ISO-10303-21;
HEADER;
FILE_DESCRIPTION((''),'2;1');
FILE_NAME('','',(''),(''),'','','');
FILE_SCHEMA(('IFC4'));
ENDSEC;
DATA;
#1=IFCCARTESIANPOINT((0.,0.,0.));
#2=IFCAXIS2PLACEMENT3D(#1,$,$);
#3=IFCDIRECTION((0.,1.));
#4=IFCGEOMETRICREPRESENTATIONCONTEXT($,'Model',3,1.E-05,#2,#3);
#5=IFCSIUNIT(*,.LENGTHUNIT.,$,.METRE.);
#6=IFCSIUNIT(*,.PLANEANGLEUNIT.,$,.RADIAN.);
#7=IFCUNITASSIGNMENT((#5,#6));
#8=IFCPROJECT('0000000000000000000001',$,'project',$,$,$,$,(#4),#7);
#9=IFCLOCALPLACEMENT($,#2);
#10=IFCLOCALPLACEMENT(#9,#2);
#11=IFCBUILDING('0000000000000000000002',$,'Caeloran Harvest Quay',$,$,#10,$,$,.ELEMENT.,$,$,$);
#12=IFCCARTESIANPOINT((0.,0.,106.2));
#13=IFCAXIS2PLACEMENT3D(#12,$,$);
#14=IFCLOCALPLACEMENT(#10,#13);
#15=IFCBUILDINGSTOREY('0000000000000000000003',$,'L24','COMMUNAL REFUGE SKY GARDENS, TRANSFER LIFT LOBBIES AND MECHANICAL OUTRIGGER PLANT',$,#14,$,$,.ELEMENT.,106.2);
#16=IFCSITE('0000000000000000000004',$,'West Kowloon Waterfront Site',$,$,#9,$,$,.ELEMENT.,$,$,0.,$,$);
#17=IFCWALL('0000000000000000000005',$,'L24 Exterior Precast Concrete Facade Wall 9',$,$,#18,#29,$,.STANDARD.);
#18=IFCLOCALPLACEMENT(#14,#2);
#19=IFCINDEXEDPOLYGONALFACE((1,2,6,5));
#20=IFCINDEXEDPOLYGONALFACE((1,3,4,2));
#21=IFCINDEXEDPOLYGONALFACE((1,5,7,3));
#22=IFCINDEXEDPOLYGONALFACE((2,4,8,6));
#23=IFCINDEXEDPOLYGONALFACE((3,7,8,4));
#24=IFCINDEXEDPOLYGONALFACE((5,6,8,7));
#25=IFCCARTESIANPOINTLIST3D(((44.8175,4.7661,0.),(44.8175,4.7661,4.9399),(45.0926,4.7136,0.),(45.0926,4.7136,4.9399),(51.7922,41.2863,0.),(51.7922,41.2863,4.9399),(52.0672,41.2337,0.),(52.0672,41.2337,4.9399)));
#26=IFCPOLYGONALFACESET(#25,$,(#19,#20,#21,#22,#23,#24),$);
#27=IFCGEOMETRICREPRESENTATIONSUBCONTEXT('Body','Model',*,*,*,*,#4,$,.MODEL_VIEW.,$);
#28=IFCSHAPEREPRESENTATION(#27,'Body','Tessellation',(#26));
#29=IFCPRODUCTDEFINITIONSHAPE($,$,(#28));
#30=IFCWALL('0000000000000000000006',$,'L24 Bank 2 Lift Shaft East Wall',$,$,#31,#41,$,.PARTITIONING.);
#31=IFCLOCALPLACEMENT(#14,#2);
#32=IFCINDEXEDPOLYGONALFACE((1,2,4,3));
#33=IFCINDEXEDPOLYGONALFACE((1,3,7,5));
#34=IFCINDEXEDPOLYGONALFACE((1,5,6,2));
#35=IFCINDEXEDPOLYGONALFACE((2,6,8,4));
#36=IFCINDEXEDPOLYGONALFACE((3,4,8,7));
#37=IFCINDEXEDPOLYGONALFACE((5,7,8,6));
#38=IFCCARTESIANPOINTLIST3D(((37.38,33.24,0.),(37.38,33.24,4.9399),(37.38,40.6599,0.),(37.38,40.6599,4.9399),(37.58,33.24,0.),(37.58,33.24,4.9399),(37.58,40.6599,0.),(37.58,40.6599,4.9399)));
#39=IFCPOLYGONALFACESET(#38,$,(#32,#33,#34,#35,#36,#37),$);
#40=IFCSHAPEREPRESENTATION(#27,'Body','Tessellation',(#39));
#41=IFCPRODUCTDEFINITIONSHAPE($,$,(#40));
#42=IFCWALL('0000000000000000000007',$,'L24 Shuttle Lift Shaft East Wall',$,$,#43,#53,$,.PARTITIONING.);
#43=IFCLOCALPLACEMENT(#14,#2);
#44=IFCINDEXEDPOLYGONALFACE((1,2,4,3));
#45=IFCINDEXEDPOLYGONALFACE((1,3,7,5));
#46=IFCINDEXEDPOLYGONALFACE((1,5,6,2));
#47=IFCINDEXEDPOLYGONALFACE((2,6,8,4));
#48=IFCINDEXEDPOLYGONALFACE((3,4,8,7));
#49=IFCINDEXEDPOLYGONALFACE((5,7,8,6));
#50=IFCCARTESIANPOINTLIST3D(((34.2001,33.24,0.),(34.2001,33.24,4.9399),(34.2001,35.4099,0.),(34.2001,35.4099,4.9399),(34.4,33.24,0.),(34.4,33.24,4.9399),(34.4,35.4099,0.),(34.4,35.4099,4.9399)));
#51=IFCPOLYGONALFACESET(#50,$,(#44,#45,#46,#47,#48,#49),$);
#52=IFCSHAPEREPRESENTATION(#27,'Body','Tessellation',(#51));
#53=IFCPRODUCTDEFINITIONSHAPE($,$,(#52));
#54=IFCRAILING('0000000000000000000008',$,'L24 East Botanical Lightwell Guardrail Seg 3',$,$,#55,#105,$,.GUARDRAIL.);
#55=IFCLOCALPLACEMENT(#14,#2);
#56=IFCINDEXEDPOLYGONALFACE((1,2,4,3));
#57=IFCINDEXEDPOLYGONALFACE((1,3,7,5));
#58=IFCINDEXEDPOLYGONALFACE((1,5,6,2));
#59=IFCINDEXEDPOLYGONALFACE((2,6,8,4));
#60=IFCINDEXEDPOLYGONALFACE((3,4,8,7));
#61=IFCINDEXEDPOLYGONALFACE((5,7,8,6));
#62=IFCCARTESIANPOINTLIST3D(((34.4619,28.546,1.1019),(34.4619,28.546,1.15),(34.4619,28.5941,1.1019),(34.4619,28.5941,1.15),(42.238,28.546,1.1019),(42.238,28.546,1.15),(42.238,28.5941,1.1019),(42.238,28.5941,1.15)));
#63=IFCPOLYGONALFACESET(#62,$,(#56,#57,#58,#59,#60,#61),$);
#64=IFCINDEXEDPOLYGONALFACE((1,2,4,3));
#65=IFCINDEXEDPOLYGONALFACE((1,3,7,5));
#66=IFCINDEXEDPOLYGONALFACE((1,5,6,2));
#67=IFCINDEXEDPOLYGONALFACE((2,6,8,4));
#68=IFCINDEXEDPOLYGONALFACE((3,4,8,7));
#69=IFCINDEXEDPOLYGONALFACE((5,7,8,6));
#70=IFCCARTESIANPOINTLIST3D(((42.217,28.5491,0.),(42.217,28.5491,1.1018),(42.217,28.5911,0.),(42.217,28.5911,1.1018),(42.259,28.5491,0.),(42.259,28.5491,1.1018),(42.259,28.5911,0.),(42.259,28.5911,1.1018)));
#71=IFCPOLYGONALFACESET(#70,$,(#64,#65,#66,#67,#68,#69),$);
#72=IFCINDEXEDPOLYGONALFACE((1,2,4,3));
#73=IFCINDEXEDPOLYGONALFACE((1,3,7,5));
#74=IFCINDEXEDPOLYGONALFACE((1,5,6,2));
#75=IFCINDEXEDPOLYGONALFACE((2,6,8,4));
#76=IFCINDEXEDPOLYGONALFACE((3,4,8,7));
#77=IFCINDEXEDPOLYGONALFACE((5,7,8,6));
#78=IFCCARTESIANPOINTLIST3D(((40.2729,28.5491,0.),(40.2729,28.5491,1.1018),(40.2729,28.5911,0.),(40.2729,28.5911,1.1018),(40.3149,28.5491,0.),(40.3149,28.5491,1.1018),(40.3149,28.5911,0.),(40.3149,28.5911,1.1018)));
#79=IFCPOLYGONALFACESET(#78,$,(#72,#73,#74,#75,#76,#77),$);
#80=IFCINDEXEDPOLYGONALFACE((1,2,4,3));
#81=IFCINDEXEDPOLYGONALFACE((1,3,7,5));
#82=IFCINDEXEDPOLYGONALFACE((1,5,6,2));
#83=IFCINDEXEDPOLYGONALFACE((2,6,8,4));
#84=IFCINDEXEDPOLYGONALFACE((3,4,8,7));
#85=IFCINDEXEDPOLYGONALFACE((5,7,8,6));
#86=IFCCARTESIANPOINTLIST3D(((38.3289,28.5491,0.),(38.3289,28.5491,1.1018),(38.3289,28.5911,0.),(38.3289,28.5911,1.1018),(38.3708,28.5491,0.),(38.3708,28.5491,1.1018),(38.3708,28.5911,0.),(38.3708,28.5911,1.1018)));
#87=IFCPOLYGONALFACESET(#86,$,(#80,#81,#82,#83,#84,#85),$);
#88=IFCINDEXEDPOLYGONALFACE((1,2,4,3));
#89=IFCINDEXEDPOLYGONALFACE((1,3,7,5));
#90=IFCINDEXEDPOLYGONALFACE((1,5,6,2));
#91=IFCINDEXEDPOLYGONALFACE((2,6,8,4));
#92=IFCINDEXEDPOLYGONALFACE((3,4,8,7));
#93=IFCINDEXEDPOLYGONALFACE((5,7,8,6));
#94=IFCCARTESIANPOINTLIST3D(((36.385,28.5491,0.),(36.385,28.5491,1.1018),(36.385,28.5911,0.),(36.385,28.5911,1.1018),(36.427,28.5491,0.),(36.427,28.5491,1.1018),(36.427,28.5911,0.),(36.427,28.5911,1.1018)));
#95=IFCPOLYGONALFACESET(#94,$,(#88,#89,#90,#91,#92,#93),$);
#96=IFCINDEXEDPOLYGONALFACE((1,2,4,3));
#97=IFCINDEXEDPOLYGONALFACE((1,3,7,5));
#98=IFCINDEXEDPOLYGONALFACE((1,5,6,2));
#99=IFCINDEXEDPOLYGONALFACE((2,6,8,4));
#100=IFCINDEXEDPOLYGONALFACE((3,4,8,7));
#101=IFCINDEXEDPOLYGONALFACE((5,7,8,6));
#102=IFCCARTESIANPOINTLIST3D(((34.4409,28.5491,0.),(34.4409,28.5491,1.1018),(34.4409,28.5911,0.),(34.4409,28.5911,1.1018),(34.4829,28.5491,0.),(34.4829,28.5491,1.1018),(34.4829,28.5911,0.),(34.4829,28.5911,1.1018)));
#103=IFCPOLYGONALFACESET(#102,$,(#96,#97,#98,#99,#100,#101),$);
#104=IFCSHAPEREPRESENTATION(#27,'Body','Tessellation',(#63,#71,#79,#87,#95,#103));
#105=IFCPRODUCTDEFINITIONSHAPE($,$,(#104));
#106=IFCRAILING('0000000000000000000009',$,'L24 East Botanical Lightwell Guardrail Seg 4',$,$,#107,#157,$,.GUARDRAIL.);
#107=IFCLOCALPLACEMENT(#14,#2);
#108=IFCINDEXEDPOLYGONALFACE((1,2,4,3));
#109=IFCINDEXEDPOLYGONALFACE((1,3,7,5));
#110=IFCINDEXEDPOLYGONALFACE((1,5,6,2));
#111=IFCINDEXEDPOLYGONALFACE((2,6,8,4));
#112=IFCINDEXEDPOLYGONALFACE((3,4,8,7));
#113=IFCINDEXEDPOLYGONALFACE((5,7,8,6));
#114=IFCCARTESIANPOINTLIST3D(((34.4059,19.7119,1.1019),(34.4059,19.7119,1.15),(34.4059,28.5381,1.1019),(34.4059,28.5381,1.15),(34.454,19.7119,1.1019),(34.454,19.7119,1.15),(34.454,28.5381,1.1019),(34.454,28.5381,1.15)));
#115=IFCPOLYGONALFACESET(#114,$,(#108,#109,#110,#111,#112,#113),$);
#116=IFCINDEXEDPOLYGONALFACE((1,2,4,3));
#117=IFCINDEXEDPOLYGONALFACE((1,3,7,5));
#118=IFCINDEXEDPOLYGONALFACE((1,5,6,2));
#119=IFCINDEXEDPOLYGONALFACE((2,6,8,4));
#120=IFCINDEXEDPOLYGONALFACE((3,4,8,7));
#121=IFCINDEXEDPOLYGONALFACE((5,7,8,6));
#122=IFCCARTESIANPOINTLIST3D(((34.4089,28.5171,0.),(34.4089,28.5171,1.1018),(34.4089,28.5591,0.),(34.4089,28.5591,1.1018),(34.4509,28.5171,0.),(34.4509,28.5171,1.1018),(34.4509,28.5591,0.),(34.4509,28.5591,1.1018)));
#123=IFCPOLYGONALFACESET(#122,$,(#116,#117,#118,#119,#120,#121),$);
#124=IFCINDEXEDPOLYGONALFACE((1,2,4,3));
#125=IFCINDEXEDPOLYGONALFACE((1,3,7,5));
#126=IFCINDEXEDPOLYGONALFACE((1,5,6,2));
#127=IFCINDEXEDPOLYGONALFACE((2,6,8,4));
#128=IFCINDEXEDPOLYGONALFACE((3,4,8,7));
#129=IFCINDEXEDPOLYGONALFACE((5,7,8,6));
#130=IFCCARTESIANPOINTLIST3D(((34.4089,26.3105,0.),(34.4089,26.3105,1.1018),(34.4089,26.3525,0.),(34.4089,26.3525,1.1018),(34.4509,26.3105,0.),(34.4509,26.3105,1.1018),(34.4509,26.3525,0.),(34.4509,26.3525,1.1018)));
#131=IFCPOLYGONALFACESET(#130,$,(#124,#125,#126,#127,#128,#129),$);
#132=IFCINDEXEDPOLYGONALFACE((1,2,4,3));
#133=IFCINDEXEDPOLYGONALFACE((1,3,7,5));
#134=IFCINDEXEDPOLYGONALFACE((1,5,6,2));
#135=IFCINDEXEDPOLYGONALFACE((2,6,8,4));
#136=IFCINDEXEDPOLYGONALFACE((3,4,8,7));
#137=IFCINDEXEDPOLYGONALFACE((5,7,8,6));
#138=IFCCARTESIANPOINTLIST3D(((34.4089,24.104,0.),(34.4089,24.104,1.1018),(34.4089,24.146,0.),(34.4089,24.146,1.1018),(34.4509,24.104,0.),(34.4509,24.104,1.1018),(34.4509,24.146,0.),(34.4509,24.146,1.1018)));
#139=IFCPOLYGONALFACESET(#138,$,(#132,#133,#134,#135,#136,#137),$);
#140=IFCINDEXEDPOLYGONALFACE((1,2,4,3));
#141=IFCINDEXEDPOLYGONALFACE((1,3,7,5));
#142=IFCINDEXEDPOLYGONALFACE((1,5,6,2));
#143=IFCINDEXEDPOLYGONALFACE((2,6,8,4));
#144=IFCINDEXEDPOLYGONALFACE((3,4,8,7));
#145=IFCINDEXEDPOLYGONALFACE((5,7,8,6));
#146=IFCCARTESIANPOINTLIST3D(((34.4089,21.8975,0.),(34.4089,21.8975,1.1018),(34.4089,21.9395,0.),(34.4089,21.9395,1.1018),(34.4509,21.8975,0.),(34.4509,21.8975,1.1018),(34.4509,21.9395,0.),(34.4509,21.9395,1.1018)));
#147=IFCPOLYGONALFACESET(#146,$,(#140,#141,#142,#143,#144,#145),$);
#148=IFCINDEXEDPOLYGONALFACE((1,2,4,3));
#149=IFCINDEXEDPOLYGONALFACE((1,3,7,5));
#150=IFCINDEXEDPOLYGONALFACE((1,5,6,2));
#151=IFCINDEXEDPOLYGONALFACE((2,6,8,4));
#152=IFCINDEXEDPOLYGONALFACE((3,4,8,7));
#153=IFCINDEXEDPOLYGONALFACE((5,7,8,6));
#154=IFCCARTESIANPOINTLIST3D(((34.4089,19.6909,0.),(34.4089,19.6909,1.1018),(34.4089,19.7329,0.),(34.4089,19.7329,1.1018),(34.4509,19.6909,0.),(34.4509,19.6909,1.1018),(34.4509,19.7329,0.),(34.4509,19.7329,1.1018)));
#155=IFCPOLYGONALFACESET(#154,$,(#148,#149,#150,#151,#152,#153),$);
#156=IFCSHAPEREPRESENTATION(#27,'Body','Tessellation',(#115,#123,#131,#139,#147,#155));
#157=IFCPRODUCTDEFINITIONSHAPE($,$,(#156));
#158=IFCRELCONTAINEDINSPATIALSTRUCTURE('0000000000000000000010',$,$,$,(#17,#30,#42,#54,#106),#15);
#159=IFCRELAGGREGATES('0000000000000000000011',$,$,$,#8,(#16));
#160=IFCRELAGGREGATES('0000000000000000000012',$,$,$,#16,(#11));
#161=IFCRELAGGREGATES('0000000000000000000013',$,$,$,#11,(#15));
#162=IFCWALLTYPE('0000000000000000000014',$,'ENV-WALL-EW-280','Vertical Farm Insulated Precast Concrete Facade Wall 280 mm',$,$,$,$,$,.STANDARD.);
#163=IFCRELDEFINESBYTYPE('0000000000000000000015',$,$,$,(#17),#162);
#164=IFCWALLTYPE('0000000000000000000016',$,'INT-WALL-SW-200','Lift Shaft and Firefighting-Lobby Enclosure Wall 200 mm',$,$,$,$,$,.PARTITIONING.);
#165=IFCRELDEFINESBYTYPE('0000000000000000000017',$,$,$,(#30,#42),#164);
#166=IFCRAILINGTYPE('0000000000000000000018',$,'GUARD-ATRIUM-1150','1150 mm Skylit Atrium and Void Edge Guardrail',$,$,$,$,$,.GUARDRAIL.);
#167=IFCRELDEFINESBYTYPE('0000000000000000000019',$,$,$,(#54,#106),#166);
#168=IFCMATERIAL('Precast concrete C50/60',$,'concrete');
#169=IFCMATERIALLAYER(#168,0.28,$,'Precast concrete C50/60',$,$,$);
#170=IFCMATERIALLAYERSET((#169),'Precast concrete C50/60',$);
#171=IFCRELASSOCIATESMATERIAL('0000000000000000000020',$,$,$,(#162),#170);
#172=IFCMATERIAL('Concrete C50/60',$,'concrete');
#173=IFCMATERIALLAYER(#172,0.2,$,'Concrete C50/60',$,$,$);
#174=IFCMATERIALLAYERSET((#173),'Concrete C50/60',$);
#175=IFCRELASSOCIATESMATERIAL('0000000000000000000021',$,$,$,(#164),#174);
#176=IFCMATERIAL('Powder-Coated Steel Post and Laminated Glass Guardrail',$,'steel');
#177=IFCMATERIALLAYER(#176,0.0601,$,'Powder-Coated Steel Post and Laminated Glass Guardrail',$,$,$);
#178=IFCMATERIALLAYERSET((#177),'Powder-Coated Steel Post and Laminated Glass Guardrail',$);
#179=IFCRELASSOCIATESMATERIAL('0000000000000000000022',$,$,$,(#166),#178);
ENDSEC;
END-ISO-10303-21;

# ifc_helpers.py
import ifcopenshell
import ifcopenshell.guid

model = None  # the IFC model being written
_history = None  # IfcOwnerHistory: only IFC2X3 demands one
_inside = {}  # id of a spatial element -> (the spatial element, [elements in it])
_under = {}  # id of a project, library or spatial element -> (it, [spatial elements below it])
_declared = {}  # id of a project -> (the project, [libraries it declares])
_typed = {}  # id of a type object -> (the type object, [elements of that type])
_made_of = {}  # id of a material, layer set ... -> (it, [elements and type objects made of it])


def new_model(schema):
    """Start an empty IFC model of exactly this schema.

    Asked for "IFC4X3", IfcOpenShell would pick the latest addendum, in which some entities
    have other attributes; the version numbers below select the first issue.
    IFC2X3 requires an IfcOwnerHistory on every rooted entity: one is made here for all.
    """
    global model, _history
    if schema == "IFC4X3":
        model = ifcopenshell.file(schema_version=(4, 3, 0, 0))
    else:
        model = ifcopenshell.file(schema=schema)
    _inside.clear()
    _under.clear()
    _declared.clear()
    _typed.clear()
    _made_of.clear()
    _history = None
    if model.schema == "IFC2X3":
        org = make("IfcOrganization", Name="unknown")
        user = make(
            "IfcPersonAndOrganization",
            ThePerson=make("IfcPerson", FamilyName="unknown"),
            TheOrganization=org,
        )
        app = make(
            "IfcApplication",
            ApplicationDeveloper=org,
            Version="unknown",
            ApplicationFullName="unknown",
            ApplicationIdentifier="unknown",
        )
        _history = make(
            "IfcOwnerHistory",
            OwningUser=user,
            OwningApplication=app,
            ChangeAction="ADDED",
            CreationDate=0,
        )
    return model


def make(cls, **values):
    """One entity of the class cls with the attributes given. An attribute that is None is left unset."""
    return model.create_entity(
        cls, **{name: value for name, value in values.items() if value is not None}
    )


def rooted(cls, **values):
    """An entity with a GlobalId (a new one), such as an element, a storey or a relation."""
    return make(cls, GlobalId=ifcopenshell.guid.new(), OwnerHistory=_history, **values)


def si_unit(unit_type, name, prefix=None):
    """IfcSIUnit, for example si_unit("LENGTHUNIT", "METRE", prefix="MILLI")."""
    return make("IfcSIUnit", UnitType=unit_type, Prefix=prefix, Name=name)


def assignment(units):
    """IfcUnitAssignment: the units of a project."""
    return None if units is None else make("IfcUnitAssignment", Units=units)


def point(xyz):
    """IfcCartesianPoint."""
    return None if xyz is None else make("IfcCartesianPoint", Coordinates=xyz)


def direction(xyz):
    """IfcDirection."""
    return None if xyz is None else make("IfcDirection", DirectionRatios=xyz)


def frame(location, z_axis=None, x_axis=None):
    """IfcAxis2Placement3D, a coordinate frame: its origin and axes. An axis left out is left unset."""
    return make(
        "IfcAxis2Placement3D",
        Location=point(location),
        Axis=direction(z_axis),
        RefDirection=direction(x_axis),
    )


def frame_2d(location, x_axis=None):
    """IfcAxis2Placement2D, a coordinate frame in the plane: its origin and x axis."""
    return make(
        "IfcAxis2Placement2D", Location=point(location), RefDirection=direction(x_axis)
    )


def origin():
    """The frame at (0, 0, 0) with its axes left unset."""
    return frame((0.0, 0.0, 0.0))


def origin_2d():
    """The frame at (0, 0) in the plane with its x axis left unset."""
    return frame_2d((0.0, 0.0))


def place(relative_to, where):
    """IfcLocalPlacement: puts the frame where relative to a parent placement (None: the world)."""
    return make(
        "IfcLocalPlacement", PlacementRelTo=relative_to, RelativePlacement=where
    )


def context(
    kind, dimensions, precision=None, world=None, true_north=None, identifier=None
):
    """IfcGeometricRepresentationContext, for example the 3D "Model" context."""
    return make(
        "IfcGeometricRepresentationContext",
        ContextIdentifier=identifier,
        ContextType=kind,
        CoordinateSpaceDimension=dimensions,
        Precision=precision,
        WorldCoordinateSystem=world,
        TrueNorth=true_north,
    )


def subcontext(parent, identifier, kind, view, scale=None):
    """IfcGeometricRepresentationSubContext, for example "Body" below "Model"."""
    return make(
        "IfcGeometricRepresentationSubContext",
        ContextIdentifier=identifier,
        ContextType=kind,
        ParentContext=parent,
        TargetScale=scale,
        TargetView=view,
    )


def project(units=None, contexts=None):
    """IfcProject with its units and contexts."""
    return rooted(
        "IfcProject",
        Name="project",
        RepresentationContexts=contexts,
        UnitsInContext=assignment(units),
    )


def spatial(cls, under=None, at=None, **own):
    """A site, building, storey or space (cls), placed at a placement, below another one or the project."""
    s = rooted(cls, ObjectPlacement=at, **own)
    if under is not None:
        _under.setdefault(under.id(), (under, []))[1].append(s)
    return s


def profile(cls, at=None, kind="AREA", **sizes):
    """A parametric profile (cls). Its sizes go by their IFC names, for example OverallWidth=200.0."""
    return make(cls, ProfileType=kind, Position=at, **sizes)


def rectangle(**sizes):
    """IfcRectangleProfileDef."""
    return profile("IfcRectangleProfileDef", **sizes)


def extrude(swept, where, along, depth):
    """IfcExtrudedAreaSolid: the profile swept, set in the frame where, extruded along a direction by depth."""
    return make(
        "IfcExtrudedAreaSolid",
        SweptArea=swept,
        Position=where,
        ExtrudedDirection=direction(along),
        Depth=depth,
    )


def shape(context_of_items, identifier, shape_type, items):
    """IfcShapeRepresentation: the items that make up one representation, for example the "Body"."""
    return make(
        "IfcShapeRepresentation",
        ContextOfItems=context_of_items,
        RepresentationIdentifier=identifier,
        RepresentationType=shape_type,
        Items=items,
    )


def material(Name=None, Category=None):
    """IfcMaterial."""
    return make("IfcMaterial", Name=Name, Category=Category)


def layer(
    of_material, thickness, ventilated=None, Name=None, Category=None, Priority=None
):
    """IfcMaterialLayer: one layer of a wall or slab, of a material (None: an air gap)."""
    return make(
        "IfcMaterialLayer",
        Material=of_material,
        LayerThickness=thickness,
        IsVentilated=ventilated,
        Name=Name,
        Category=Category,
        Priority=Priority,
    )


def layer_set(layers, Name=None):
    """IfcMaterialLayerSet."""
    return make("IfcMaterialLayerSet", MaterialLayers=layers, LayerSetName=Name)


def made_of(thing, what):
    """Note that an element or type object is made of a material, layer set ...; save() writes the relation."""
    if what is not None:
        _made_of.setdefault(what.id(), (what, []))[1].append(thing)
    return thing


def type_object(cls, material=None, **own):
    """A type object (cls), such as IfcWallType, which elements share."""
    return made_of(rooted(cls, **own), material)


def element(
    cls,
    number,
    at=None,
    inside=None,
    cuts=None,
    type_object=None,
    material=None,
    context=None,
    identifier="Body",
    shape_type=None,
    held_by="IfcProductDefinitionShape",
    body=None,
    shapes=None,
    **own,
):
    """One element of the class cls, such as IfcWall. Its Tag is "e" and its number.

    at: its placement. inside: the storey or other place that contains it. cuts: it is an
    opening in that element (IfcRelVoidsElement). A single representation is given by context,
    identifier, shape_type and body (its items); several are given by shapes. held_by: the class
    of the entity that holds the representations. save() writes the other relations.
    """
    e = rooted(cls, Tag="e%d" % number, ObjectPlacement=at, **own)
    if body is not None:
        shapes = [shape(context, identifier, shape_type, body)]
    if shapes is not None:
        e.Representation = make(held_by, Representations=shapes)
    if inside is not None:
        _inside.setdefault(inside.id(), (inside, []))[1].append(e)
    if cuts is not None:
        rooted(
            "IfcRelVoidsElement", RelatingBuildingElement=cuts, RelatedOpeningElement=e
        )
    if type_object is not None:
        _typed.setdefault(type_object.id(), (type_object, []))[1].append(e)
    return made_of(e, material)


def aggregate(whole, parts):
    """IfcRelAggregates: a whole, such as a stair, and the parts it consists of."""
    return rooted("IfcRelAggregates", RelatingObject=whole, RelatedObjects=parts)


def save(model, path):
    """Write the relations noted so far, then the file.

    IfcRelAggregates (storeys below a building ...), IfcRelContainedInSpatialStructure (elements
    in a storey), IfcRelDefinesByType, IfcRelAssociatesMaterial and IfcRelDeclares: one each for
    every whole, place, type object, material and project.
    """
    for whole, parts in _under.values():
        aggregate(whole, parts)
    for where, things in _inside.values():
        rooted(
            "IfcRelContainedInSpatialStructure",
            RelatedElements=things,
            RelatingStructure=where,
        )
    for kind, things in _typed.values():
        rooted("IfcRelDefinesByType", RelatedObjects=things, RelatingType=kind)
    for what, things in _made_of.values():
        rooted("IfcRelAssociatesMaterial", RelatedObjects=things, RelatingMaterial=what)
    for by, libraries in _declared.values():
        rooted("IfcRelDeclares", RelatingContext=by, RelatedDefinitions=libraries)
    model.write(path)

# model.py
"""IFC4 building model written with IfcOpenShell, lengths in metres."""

from ifc_helpers import new_model, si_unit, direction, frame, frame_2d, origin, origin_2d, place, context, subcontext, project, spatial, rectangle, extrude, material, layer, layer_set, type_object, element, save


model = new_model("IFC4")

# Units and contexts
model_context = context("Model", 3, precision=1e-05, world=origin(), true_north=direction((0.0, 1.0)))
body_context = subcontext(model_context, "Body", "Model", "MODEL_VIEW")
ifc_project = project(units=[si_unit("LENGTHUNIT", "METRE"), si_unit("PLANEANGLEUNIT", "RADIAN")], contexts=[model_context])

# Site, building, storey
site_placement = place(None, origin())
site = spatial("IfcSite", under=ifc_project, at=site_placement, Name="West Kowloon Waterfront Site", CompositionType="ELEMENT", RefElevation=0.0)
building_placement = place(site_placement, origin())
building = spatial("IfcBuilding", under=site, at=building_placement, Name="Caeloran Harvest Quay", CompositionType="ELEMENT")
storey_placement = place(building_placement, frame((0.0, 0.0, 106.2)))
storey = spatial("IfcBuildingStorey", under=building, at=storey_placement, Name="L24", Description="COMMUNAL REFUGE SKY GARDENS, TRANSFER LIFT LOBBIES AND MECHANICAL OUTRIGGER PLANT", CompositionType="ELEMENT", Elevation=106.2)

# Walls
ifc_material_1 = material(Name="Precast concrete C50/60", Category="concrete")
ifc_layer_1 = layer(ifc_material_1, 0.28, Name="Precast concrete C50/60")
ifc_layer_set_1 = layer_set([ifc_layer_1], Name="Precast concrete C50/60")
wall_type_1 = type_object("IfcWallType", Name="ENV-WALL-EW-280", Description="Vertical Farm Insulated Precast Concrete Facade Wall 280 mm", PredefinedType="STANDARD", material=ifc_layer_set_1)
wall_1_placement = place(storey_placement, frame((51.9297, 41.26, 0.0), z_axis=(0.0, 0.0, 1.0), x_axis=(-0.18759, -0.982247, 0.0)))
element("IfcWall", 1, at=wall_1_placement, inside=storey, type_object=wall_type_1, Name="L24 Exterior Precast Concrete Facade Wall 9", PredefinedType="STANDARD", context=body_context, shape_type="SweptSolid", body=[
    extrude(rectangle(XDim=37.1802, YDim=0.28, at=frame_2d((18.5901, 0.0))), origin(), (0.0, 0.0, 1.0), 4.9399),
])
ifc_material_2 = material(Name="Concrete C50/60", Category="concrete")
ifc_layer_2 = layer(ifc_material_2, 0.2, Name="Concrete C50/60")
ifc_layer_set_2 = layer_set([ifc_layer_2], Name="Concrete C50/60")
wall_type_2 = type_object("IfcWallType", Name="INT-WALL-SW-200", Description="Lift Shaft and Firefighting-Lobby Enclosure Wall 200 mm", PredefinedType="PARTITIONING", material=ifc_layer_set_2)
wall_2_placement = place(storey_placement, frame((37.48, 33.24, 0.0), z_axis=(0.0, 0.0, 1.0), x_axis=(0.0, 1.0, 0.0)))
element("IfcWall", 2, at=wall_2_placement, inside=storey, type_object=wall_type_2, Name="L24 Bank 2 Lift Shaft East Wall", PredefinedType="PARTITIONING", context=body_context, shape_type="SweptSolid", body=[
    extrude(rectangle(XDim=7.4199, YDim=0.2, at=frame_2d((3.71, 0.0))), origin(), (0.0, 0.0, 1.0), 4.9399),
])
wall_3_placement = place(storey_placement, frame((34.3, 33.24, 0.0), z_axis=(0.0, 0.0, 1.0), x_axis=(0.0, 1.0, 0.0)))
element("IfcWall", 3, at=wall_3_placement, inside=storey, type_object=wall_type_2, Name="L24 Shuttle Lift Shaft East Wall", PredefinedType="PARTITIONING", context=body_context, shape_type="SweptSolid", body=[
    extrude(rectangle(XDim=2.1699, YDim=0.2, at=frame_2d((1.085, 0.0))), origin(), (0.0, 0.0, 1.0), 4.9399),
])

# Railings
ifc_material_3 = material(Name="Powder-Coated Steel Post and Laminated Glass Guardrail", Category="steel")
ifc_layer_3 = layer(ifc_material_3, 0.0601, Name="Powder-Coated Steel Post and Laminated Glass Guardrail")
ifc_layer_set_3 = layer_set([ifc_layer_3], Name="Powder-Coated Steel Post and Laminated Glass Guardrail")
railing_type = type_object("IfcRailingType", Name="GUARD-ATRIUM-1150", Description="1150 mm Skylit Atrium and Void Edge Guardrail", PredefinedType="GUARDRAIL", material=ifc_layer_set_3)
railing_1_placement = place(storey_placement, frame((42.238, 28.5701, 0.0)))
element("IfcRailing", 4, at=railing_1_placement, inside=storey, type_object=railing_type, Name="L24 East Botanical Lightwell Guardrail Seg 3", PredefinedType="GUARDRAIL", context=body_context, shape_type="SweptSolid", body=[
    extrude(rectangle(XDim=0.0481, YDim=0.0481, at=origin_2d()), frame((0.0, 0.0, 1.126), z_axis=(-1.0, 0.0, 0.0), x_axis=(0.0, -1.0, 0.0)), (0.0, 0.0, 1.0), 7.7761),
    extrude(rectangle(XDim=0.042, YDim=0.042, at=origin_2d()), origin(), (0.0, 0.0, 1.0), 1.1018),
    extrude(rectangle(XDim=0.042, YDim=0.042, at=origin_2d()), frame((-1.9441, 0.0, 0.0)), (0.0, 0.0, 1.0), 1.1018),
    extrude(rectangle(XDim=0.042, YDim=0.042, at=origin_2d()), frame((-3.8882, 0.0, 0.0)), (0.0, 0.0, 1.0), 1.1018),
    extrude(rectangle(XDim=0.042, YDim=0.042, at=origin_2d()), frame((-5.832, 0.0, 0.0)), (0.0, 0.0, 1.0), 1.1018),
    extrude(rectangle(XDim=0.042, YDim=0.042, at=origin_2d()), frame((-7.7761, 0.0, 0.0)), (0.0, 0.0, 1.0), 1.1018),
])
railing_2_placement = place(storey_placement, frame((34.4299, 28.5381, 0.0)))
element("IfcRailing", 5, at=railing_2_placement, inside=storey, type_object=railing_type, Name="L24 East Botanical Lightwell Guardrail Seg 4", PredefinedType="GUARDRAIL", context=body_context, shape_type="SweptSolid", body=[
    extrude(rectangle(XDim=0.0481, YDim=0.0481, at=origin_2d()), frame((0.0, 0.0, 1.126), z_axis=(0.0, -1.0, 0.0), x_axis=(1.0, 0.0, 0.0)), (0.0, 0.0, 1.0), 8.8262),
    extrude(rectangle(XDim=0.042, YDim=0.042, at=origin_2d()), origin(), (0.0, 0.0, 1.0), 1.1018),
    extrude(rectangle(XDim=0.042, YDim=0.042, at=origin_2d()), frame((0.0, -2.2065, 0.0)), (0.0, 0.0, 1.0), 1.1018),
    extrude(rectangle(XDim=0.042, YDim=0.042, at=origin_2d()), frame((0.0, -4.4131, 0.0)), (0.0, 0.0, 1.0), 1.1018),
    extrude(rectangle(XDim=0.042, YDim=0.042, at=origin_2d()), frame((0.0, -6.6196, 0.0)), (0.0, 0.0, 1.0), 1.1018),
    extrude(rectangle(XDim=0.042, YDim=0.042, at=origin_2d()), frame((0.0, -8.8262, 0.0)), (0.0, 0.0, 1.0), 1.1018),
])

save(model, "model.ifc")
